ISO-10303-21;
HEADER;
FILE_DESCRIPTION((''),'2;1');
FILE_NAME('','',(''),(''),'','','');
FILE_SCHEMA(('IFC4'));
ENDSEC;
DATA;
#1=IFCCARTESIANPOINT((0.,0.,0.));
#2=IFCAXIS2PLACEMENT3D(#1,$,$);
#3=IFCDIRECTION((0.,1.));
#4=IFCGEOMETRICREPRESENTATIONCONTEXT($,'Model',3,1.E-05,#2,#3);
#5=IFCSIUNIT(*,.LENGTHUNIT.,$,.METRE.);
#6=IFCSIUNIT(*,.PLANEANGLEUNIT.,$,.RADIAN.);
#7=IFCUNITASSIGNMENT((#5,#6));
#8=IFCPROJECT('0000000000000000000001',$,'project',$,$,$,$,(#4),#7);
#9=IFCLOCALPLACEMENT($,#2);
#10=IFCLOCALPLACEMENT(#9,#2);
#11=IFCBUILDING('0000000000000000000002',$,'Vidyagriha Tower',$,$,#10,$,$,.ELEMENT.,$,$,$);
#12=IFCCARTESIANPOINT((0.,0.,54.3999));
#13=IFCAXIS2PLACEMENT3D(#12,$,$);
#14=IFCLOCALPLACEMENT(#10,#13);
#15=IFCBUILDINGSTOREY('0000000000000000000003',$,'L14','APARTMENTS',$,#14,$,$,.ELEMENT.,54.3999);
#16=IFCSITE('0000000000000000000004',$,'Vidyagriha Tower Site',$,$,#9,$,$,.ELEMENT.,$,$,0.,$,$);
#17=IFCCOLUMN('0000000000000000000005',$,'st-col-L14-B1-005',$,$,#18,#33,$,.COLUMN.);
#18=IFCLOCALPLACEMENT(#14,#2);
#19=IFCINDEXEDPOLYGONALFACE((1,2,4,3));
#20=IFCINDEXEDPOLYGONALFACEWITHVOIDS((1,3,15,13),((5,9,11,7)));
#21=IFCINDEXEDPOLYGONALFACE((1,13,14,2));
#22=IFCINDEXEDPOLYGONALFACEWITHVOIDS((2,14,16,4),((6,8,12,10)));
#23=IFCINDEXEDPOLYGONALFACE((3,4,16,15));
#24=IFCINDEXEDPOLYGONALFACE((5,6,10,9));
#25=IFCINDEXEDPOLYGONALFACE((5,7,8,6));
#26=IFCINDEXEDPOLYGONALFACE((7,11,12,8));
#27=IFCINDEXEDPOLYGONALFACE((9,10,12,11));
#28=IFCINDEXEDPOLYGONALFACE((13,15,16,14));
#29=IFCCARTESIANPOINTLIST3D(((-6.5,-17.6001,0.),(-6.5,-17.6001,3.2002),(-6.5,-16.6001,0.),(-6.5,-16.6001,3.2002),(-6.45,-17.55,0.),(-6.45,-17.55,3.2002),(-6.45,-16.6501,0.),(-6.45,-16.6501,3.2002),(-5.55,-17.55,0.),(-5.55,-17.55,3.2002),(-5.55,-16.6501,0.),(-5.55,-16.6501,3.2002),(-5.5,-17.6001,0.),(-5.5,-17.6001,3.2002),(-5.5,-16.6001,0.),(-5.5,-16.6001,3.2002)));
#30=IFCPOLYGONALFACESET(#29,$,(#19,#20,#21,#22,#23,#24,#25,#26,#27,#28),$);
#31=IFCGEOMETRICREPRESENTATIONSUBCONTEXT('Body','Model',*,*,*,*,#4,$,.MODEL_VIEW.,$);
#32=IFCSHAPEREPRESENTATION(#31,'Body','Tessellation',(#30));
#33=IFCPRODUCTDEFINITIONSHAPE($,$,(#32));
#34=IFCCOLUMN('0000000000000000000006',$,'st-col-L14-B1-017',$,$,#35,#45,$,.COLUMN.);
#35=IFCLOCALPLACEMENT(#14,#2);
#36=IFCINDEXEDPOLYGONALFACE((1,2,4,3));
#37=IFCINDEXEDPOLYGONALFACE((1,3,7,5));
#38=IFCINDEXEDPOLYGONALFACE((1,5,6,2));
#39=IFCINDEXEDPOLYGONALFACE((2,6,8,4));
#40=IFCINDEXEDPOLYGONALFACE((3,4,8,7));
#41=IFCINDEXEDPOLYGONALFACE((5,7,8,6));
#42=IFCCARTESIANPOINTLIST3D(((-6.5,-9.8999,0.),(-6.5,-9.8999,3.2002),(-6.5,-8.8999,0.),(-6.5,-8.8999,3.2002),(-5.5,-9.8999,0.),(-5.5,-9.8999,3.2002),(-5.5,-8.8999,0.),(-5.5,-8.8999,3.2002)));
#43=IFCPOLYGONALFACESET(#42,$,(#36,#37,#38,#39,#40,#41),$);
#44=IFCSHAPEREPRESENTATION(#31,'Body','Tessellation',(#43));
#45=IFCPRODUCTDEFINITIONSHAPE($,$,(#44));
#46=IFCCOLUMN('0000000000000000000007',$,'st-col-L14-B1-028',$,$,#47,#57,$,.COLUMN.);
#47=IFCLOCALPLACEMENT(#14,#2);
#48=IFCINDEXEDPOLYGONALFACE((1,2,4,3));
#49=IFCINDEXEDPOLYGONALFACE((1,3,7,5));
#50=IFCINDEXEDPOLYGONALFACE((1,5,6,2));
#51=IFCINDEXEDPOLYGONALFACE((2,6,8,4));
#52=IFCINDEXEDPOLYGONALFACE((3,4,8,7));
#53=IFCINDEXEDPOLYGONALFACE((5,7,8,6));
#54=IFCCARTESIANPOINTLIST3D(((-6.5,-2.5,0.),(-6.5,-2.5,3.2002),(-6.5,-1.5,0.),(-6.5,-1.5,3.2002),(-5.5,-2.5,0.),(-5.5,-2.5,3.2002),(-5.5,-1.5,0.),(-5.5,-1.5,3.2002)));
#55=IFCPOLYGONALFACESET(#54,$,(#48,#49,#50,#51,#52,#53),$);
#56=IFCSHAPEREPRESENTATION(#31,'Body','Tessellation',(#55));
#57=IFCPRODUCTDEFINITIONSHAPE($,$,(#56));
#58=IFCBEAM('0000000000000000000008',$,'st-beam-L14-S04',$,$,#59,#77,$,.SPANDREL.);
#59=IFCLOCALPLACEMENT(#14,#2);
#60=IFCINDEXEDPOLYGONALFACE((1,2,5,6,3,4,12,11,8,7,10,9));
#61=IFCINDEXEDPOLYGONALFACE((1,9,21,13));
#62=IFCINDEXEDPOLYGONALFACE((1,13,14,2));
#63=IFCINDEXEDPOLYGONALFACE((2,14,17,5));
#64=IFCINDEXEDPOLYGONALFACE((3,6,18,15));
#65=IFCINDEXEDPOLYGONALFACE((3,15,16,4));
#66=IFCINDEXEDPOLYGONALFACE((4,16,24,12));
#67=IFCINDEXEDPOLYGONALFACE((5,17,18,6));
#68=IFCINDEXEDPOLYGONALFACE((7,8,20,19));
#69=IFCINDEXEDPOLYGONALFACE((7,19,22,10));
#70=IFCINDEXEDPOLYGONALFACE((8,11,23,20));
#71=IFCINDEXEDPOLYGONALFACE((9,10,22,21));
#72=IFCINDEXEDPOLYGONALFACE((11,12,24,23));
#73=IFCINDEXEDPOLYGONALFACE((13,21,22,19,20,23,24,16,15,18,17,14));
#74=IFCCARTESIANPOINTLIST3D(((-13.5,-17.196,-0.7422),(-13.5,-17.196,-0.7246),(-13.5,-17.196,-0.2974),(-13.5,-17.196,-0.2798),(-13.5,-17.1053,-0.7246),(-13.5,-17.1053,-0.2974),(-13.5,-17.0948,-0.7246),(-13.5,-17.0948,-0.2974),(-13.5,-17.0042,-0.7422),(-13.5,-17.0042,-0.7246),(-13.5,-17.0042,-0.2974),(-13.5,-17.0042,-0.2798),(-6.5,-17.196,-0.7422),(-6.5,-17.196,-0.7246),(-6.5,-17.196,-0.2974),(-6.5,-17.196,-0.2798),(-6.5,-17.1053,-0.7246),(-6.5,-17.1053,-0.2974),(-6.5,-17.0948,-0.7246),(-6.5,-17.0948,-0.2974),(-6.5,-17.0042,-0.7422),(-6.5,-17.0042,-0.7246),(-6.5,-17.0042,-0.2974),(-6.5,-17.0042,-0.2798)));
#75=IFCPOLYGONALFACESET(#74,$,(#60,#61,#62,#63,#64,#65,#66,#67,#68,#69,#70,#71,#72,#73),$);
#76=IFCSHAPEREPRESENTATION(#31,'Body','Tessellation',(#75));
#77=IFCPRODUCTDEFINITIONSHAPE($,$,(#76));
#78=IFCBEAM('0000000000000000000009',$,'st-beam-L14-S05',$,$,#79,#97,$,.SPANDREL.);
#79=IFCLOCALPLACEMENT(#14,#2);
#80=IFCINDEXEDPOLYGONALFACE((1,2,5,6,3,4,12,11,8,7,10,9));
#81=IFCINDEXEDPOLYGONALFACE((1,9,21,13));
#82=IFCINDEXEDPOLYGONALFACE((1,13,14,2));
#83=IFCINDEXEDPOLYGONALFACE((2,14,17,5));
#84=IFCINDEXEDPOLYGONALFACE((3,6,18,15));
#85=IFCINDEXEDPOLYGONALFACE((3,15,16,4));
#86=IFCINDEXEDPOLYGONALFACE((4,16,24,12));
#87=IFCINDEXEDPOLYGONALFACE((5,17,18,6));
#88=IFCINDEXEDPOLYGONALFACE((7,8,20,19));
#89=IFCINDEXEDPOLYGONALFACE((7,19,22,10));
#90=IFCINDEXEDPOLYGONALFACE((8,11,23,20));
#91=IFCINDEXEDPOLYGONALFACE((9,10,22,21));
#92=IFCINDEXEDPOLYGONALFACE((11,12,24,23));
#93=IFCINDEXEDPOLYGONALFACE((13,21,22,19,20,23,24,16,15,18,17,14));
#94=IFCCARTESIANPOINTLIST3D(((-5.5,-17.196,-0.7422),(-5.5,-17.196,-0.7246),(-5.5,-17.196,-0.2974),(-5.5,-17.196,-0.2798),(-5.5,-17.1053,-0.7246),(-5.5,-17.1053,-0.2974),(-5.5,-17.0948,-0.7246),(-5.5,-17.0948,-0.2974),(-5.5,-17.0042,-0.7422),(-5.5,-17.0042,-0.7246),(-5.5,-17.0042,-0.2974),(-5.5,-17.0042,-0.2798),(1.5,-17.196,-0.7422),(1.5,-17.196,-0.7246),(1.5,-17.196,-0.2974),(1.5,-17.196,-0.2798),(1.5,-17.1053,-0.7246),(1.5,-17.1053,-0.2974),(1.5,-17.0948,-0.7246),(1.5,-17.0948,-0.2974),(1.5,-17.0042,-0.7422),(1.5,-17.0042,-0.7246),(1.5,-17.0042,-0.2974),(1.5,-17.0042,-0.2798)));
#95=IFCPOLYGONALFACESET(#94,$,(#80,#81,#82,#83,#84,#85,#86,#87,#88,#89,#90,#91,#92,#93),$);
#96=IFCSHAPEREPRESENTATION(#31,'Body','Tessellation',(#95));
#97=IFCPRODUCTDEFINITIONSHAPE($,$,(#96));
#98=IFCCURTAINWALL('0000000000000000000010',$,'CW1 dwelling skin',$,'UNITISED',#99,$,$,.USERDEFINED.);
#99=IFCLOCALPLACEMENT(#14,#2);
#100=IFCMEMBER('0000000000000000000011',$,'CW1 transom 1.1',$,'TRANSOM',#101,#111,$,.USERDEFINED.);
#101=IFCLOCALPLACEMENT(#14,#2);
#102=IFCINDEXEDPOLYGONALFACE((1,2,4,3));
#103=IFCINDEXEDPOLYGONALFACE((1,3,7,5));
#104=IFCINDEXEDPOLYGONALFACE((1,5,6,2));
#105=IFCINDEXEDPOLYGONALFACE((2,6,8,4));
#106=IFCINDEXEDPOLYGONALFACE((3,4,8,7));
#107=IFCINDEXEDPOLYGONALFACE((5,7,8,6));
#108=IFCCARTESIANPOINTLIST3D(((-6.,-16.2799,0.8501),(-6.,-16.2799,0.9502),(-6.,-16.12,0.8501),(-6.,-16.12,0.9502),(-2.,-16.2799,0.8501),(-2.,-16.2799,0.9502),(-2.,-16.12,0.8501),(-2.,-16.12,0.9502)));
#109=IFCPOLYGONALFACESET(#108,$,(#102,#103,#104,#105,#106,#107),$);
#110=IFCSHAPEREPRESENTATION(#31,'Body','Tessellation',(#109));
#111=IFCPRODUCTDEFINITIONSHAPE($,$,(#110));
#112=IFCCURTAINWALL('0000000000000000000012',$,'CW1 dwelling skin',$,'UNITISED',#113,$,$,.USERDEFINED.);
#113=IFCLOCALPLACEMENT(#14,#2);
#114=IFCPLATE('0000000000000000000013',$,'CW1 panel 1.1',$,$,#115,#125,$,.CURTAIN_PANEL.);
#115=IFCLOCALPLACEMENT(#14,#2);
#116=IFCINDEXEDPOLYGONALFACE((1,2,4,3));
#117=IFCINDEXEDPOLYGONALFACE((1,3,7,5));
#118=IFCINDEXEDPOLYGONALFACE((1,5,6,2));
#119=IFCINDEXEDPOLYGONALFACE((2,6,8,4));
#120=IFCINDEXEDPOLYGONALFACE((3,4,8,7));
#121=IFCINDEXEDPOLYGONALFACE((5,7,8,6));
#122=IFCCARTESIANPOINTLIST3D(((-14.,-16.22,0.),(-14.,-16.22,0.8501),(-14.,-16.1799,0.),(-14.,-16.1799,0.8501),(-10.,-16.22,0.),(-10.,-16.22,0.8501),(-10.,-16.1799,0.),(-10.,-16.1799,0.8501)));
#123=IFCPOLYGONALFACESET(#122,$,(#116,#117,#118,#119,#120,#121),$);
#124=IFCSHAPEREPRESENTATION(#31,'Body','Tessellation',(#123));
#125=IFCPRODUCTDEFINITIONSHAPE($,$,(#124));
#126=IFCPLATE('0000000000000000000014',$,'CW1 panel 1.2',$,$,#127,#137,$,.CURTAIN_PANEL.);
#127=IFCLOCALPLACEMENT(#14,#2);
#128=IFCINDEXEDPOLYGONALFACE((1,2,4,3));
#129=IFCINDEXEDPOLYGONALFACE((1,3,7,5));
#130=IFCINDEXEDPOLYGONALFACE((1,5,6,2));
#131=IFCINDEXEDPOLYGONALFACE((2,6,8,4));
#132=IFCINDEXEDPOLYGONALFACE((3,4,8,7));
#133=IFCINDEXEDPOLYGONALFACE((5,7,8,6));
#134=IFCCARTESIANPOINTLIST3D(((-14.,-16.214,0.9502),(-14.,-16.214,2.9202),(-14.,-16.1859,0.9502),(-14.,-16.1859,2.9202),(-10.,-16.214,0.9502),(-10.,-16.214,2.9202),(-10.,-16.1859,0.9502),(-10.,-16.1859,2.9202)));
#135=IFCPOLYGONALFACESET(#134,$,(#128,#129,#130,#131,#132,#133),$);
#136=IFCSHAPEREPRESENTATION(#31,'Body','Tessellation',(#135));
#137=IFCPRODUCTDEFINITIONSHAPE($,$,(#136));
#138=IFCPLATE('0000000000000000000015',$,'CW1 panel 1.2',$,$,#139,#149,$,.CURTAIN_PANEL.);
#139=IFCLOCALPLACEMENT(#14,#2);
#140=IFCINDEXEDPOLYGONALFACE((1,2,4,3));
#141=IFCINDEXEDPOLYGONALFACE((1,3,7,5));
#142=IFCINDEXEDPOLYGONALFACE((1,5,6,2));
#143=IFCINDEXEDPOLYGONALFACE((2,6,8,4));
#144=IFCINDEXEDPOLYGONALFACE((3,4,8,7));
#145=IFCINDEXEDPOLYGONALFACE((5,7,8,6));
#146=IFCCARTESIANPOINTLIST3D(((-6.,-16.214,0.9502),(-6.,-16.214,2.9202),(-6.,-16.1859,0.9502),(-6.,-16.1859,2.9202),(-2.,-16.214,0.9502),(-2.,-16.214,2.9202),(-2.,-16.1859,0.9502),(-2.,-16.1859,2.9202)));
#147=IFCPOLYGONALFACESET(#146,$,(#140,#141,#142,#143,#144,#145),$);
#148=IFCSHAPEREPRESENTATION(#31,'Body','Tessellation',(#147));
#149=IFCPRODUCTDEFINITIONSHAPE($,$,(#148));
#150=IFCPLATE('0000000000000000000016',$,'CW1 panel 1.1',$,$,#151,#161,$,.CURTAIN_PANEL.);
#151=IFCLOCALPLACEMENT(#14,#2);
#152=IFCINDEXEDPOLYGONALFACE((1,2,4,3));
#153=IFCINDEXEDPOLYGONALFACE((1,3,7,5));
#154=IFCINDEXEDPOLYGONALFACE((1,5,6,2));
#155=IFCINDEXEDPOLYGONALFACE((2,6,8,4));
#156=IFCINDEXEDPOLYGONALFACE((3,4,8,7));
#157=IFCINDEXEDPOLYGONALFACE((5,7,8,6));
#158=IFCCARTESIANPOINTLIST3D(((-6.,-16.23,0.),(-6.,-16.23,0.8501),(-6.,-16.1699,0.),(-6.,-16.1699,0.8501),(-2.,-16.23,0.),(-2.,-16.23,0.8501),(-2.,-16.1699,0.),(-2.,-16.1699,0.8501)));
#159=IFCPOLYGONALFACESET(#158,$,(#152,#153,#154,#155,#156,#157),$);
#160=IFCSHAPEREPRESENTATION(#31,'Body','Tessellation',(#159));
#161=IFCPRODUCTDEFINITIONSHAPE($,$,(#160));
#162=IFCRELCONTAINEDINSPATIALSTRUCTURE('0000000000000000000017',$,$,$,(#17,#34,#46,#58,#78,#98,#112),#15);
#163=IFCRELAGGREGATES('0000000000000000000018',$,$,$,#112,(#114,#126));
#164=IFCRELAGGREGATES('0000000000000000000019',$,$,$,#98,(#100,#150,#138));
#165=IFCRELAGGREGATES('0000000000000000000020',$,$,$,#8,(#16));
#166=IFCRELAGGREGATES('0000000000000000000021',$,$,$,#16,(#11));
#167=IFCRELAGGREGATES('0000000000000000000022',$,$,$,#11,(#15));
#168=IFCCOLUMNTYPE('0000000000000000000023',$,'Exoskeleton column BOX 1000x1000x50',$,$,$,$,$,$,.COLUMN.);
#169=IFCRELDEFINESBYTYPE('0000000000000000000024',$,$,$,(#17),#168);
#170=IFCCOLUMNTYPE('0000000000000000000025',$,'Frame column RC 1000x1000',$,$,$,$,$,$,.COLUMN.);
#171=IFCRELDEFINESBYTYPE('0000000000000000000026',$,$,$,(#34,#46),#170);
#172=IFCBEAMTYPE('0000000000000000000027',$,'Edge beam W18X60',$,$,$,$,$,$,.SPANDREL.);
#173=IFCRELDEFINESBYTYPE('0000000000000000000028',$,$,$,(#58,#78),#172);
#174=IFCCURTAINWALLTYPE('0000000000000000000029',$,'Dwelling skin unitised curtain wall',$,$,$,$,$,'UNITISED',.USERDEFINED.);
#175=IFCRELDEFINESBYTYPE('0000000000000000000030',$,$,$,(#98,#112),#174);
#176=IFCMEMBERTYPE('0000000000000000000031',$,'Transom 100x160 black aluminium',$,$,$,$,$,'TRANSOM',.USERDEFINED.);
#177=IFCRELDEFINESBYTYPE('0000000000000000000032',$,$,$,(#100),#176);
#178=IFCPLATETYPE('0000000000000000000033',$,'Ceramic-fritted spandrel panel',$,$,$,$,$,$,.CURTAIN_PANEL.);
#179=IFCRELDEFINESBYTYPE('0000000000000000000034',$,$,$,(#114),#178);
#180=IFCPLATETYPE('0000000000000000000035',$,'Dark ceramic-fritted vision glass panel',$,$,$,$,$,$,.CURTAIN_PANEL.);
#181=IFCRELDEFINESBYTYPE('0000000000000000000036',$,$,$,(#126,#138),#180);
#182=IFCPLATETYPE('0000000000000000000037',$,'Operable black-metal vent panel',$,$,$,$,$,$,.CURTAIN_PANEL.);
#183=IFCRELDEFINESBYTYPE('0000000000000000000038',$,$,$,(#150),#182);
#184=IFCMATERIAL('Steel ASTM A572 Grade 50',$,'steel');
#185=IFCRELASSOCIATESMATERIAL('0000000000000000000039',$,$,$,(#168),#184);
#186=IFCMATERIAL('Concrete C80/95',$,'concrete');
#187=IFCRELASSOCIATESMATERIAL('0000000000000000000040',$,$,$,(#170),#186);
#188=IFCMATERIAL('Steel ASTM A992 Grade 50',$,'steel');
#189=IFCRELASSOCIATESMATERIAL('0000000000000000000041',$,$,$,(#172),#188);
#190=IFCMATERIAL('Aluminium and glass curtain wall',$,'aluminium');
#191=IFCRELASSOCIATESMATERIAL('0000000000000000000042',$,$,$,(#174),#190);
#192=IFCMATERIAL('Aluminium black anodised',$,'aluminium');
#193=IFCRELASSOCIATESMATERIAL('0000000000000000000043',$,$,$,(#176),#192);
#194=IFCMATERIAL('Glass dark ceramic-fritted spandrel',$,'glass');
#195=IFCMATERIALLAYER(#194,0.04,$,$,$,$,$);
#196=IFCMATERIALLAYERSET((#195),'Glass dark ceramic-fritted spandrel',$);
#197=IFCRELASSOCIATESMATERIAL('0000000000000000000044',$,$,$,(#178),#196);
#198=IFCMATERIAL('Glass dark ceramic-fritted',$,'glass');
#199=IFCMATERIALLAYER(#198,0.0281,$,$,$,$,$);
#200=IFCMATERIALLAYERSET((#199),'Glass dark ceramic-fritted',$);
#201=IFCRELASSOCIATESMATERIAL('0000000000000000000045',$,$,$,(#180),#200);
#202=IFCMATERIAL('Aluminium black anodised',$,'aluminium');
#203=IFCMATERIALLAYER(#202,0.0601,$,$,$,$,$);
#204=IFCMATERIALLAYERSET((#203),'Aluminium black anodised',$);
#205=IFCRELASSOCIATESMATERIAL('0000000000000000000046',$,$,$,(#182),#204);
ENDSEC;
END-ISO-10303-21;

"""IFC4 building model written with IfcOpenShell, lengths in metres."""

from ifc_helpers import new_model, si_unit, direction, frame, origin, origin_2d, place, context, subcontext, project, spatial, rectangle, hollow_rectangle, i_section, extrude, material, layer, layer_set, material_profile, profile_set, type_object, element, aggregate, save


model = new_model("IFC4")

# Units and contexts
model_context = context("Model", 3, precision=1e-05, world=origin(), true_north=direction((0.0, 1.0)))
body_context = subcontext(model_context, "Body", "Model", "MODEL_VIEW")
ifc_project = project(units=[si_unit("LENGTHUNIT", "METRE"), si_unit("PLANEANGLEUNIT", "RADIAN")], contexts=[model_context])

# Site, building, storey
site_placement = place(None, origin())
site = spatial("IfcSite", under=ifc_project, at=site_placement, Name="Vidyagriha Tower Site", CompositionType="ELEMENT", RefElevation=0.0)
building_placement = place(site_placement, origin())
building = spatial("IfcBuilding", under=site, at=building_placement, Name="Vidyagriha Tower", CompositionType="ELEMENT")
storey_placement = place(building_placement, frame((0.0, 0.0, 54.3999)))
storey = spatial("IfcBuildingStorey", under=building, at=storey_placement, Name="L14", Description="APARTMENTS", CompositionType="ELEMENT", Elevation=54.3999)

# Columns
ifc_material_1 = material(Name="Steel ASTM A572 Grade 50", Category="steel")
ifc_material_profile_1 = material_profile(ifc_material_1, hollow_rectangle(XDim=1.0, YDim=1.0, WallThickness=0.05, at=origin_2d()), Name="BOX 1000x1000x50")
ifc_profile_set_1 = profile_set([ifc_material_profile_1], Name="Steel ASTM A572 Grade 50")
column_type_1 = type_object("IfcColumnType", Name="Exoskeleton column BOX 1000x1000x50", PredefinedType="COLUMN", material=ifc_profile_set_1)
column_placement = place(storey_placement, frame((-6.0, -17.1001, 0.0)))
element("IfcColumn", 1, at=column_placement, inside=storey, type_object=column_type_1, Name="st-col-L14-B1-005", PredefinedType="COLUMN", context=body_context, shape_type="SweptSolid", body=[
    extrude(hollow_rectangle(XDim=1.0, YDim=1.0, WallThickness=0.05, at=origin_2d()), origin(), (0.0, 0.0, 1.0), 3.2002),
])
ifc_material_2 = material(Name="Concrete C80/95", Category="concrete")
ifc_material_profile_2 = material_profile(ifc_material_2, rectangle(XDim=1.0, YDim=1.0, at=origin_2d()), Name="RC 1000x1000")
ifc_profile_set_2 = profile_set([ifc_material_profile_2], Name="Concrete C80/95")
column_type_2 = type_object("IfcColumnType", Name="Frame column RC 1000x1000", PredefinedType="COLUMN", material=ifc_profile_set_2)
for number, where, name in (
    (2, (-6.0, -9.3999, 0.0), "st-col-L14-B1-017"),
    (3, (-6.0, -2.0, 0.0), "st-col-L14-B1-028"),
):
    element("IfcColumn", number, at=place(storey_placement, frame(where)), inside=storey, type_object=column_type_2, Name=name, PredefinedType="COLUMN", context=body_context, shape_type="SweptSolid", body=[
        extrude(rectangle(XDim=1.0, YDim=1.0, at=origin_2d()), origin(), (0.0, 0.0, 1.0), 3.2002),
    ])

# Beams
ifc_material_3 = material(Name="Steel ASTM A992 Grade 50", Category="steel")
ifc_material_profile_3 = material_profile(ifc_material_3, i_section(OverallWidth=0.1919, OverallDepth=0.4624, WebThickness=0.0105, FlangeThickness=0.0176, at=origin_2d()), Name="W18X60")
ifc_profile_set_3 = profile_set([ifc_material_profile_3], Name="Steel ASTM A992 Grade 50")
beam_type = type_object("IfcBeamType", Name="Edge beam W18X60", PredefinedType="SPANDREL", material=ifc_profile_set_3)
for number, where, z_axis, x_axis, name in (
    (4, (-13.5, -17.1001, -0.511), (1.0, 0.0, 0.0), (0.0, 1.0, 0.0), "st-beam-L14-S04"),
    (5, (-5.5, -17.1001, -0.511), (1.0, 0.0, 0.0), (0.0, 1.0, 0.0), "st-beam-L14-S05"),
):
    element("IfcBeam", number, at=place(storey_placement, frame(where, z_axis=z_axis, x_axis=x_axis)), inside=storey, type_object=beam_type, Name=name, PredefinedType="SPANDREL", context=body_context, shape_type="SweptSolid", body=[
        extrude(i_section(OverallWidth=0.1919, OverallDepth=0.4624, WebThickness=0.0105, FlangeThickness=0.0176, at=origin_2d()), origin(), (0.0, 0.0, 1.0), 7.0),
    ])

# Curtain wall, member
ifc_material_4 = material(Name="Aluminium and glass curtain wall", Category="aluminium")
curtain_wall_type = type_object("IfcCurtainWallType", Name="Dwelling skin unitised curtain wall", ElementType="UNITISED", PredefinedType="USERDEFINED", material=ifc_material_4)
curtain_wall_1_placement = place(storey_placement, origin())
curtain_wall_1 = element("IfcCurtainWall", 6, at=curtain_wall_1_placement, inside=storey, type_object=curtain_wall_type, Name="CW1 dwelling skin", ObjectType="UNITISED", PredefinedType="USERDEFINED")
ifc_material_5 = material(Name="Aluminium black anodised", Category="aluminium")
ifc_material_profile_4 = material_profile(ifc_material_5, rectangle(XDim=0.1599, YDim=0.1001, at=origin_2d()), Name="Transom 100x160 black aluminium")
ifc_profile_set_4 = profile_set([ifc_material_profile_4], Name="Aluminium black anodised")
member_type = type_object("IfcMemberType", Name="Transom 100x160 black aluminium", ElementType="TRANSOM", PredefinedType="USERDEFINED", material=ifc_profile_set_4)
member_placement = place(storey_placement, frame((-6.0, -16.2, 0.9001), z_axis=(1.0, 0.0, 0.0), x_axis=(0.0, 1.0, 0.0)))
member = element("IfcMember", 7, at=member_placement, type_object=member_type, Name="CW1 transom 1.1", ObjectType="TRANSOM", PredefinedType="USERDEFINED", context=body_context, shape_type="SweptSolid", body=[
    extrude(rectangle(XDim=0.1599, YDim=0.1001, at=origin_2d()), origin(), (0.0, 0.0, 1.0), 4.0),
])

# Curtain wall, plates
curtain_wall_2_placement = place(storey_placement, origin())
curtain_wall_2 = element("IfcCurtainWall", 8, at=curtain_wall_2_placement, inside=storey, type_object=curtain_wall_type, Name="CW1 dwelling skin", ObjectType="UNITISED", PredefinedType="USERDEFINED")
ifc_material_6 = material(Name="Glass dark ceramic-fritted spandrel", Category="glass")
ifc_layer_1 = layer(ifc_material_6, 0.04)
ifc_layer_set_1 = layer_set([ifc_layer_1], Name="Glass dark ceramic-fritted spandrel")
plate_type_1 = type_object("IfcPlateType", Name="Ceramic-fritted spandrel panel", PredefinedType="CURTAIN_PANEL", material=ifc_layer_set_1)
plate_1_placement = place(storey_placement, frame((-12.0, -16.2, 0.0)))
plate_1 = element("IfcPlate", 9, at=plate_1_placement, type_object=plate_type_1, Name="CW1 panel 1.1", PredefinedType="CURTAIN_PANEL", context=body_context, shape_type="SweptSolid", body=[
    extrude(rectangle(XDim=4.0, YDim=0.04, at=origin_2d()), origin(), (0.0, 0.0, 1.0), 0.8501),
])
ifc_material_7 = material(Name="Glass dark ceramic-fritted", Category="glass")
ifc_layer_2 = layer(ifc_material_7, 0.0281)
ifc_layer_set_2 = layer_set([ifc_layer_2], Name="Glass dark ceramic-fritted")
plate_type_2 = type_object("IfcPlateType", Name="Dark ceramic-fritted vision glass panel", PredefinedType="CURTAIN_PANEL", material=ifc_layer_set_2)
plate_2_placement = place(storey_placement, frame((-12.0, -16.2, 0.9502)))
plate_2 = element("IfcPlate", 10, at=plate_2_placement, type_object=plate_type_2, Name="CW1 panel 1.2", PredefinedType="CURTAIN_PANEL", context=body_context, shape_type="SweptSolid", body=[
    extrude(rectangle(XDim=4.0, YDim=0.0281, at=origin_2d()), origin(), (0.0, 0.0, 1.0), 1.97),
])
aggregate(curtain_wall_2, [plate_1, plate_2])

# Plates
plate_3_placement = place(storey_placement, frame((-4.0, -16.2, 0.9502)))
plate_3 = element("IfcPlate", 11, at=plate_3_placement, type_object=plate_type_2, Name="CW1 panel 1.2", PredefinedType="CURTAIN_PANEL", context=body_context, shape_type="SweptSolid", body=[
    extrude(rectangle(XDim=4.0, YDim=0.0281, at=origin_2d()), origin(), (0.0, 0.0, 1.0), 1.97),
])
ifc_material_8 = material(Name="Aluminium black anodised", Category="aluminium")
ifc_layer_3 = layer(ifc_material_8, 0.0601)
ifc_layer_set_3 = layer_set([ifc_layer_3], Name="Aluminium black anodised")
plate_type_3 = type_object("IfcPlateType", Name="Operable black-metal vent panel", PredefinedType="CURTAIN_PANEL", material=ifc_layer_set_3)
plate_4_placement = place(storey_placement, frame((-4.0, -16.2, 0.0)))
plate_4 = element("IfcPlate", 12, at=plate_4_placement, type_object=plate_type_3, Name="CW1 panel 1.1", PredefinedType="CURTAIN_PANEL", context=body_context, shape_type="SweptSolid", body=[
    extrude(rectangle(XDim=4.0, YDim=0.0601, at=origin_2d()), origin(), (0.0, 0.0, 1.0), 0.8501),
])
aggregate(curtain_wall_1, [member, plate_4, plate_3])

save(model, "model.ifc")
